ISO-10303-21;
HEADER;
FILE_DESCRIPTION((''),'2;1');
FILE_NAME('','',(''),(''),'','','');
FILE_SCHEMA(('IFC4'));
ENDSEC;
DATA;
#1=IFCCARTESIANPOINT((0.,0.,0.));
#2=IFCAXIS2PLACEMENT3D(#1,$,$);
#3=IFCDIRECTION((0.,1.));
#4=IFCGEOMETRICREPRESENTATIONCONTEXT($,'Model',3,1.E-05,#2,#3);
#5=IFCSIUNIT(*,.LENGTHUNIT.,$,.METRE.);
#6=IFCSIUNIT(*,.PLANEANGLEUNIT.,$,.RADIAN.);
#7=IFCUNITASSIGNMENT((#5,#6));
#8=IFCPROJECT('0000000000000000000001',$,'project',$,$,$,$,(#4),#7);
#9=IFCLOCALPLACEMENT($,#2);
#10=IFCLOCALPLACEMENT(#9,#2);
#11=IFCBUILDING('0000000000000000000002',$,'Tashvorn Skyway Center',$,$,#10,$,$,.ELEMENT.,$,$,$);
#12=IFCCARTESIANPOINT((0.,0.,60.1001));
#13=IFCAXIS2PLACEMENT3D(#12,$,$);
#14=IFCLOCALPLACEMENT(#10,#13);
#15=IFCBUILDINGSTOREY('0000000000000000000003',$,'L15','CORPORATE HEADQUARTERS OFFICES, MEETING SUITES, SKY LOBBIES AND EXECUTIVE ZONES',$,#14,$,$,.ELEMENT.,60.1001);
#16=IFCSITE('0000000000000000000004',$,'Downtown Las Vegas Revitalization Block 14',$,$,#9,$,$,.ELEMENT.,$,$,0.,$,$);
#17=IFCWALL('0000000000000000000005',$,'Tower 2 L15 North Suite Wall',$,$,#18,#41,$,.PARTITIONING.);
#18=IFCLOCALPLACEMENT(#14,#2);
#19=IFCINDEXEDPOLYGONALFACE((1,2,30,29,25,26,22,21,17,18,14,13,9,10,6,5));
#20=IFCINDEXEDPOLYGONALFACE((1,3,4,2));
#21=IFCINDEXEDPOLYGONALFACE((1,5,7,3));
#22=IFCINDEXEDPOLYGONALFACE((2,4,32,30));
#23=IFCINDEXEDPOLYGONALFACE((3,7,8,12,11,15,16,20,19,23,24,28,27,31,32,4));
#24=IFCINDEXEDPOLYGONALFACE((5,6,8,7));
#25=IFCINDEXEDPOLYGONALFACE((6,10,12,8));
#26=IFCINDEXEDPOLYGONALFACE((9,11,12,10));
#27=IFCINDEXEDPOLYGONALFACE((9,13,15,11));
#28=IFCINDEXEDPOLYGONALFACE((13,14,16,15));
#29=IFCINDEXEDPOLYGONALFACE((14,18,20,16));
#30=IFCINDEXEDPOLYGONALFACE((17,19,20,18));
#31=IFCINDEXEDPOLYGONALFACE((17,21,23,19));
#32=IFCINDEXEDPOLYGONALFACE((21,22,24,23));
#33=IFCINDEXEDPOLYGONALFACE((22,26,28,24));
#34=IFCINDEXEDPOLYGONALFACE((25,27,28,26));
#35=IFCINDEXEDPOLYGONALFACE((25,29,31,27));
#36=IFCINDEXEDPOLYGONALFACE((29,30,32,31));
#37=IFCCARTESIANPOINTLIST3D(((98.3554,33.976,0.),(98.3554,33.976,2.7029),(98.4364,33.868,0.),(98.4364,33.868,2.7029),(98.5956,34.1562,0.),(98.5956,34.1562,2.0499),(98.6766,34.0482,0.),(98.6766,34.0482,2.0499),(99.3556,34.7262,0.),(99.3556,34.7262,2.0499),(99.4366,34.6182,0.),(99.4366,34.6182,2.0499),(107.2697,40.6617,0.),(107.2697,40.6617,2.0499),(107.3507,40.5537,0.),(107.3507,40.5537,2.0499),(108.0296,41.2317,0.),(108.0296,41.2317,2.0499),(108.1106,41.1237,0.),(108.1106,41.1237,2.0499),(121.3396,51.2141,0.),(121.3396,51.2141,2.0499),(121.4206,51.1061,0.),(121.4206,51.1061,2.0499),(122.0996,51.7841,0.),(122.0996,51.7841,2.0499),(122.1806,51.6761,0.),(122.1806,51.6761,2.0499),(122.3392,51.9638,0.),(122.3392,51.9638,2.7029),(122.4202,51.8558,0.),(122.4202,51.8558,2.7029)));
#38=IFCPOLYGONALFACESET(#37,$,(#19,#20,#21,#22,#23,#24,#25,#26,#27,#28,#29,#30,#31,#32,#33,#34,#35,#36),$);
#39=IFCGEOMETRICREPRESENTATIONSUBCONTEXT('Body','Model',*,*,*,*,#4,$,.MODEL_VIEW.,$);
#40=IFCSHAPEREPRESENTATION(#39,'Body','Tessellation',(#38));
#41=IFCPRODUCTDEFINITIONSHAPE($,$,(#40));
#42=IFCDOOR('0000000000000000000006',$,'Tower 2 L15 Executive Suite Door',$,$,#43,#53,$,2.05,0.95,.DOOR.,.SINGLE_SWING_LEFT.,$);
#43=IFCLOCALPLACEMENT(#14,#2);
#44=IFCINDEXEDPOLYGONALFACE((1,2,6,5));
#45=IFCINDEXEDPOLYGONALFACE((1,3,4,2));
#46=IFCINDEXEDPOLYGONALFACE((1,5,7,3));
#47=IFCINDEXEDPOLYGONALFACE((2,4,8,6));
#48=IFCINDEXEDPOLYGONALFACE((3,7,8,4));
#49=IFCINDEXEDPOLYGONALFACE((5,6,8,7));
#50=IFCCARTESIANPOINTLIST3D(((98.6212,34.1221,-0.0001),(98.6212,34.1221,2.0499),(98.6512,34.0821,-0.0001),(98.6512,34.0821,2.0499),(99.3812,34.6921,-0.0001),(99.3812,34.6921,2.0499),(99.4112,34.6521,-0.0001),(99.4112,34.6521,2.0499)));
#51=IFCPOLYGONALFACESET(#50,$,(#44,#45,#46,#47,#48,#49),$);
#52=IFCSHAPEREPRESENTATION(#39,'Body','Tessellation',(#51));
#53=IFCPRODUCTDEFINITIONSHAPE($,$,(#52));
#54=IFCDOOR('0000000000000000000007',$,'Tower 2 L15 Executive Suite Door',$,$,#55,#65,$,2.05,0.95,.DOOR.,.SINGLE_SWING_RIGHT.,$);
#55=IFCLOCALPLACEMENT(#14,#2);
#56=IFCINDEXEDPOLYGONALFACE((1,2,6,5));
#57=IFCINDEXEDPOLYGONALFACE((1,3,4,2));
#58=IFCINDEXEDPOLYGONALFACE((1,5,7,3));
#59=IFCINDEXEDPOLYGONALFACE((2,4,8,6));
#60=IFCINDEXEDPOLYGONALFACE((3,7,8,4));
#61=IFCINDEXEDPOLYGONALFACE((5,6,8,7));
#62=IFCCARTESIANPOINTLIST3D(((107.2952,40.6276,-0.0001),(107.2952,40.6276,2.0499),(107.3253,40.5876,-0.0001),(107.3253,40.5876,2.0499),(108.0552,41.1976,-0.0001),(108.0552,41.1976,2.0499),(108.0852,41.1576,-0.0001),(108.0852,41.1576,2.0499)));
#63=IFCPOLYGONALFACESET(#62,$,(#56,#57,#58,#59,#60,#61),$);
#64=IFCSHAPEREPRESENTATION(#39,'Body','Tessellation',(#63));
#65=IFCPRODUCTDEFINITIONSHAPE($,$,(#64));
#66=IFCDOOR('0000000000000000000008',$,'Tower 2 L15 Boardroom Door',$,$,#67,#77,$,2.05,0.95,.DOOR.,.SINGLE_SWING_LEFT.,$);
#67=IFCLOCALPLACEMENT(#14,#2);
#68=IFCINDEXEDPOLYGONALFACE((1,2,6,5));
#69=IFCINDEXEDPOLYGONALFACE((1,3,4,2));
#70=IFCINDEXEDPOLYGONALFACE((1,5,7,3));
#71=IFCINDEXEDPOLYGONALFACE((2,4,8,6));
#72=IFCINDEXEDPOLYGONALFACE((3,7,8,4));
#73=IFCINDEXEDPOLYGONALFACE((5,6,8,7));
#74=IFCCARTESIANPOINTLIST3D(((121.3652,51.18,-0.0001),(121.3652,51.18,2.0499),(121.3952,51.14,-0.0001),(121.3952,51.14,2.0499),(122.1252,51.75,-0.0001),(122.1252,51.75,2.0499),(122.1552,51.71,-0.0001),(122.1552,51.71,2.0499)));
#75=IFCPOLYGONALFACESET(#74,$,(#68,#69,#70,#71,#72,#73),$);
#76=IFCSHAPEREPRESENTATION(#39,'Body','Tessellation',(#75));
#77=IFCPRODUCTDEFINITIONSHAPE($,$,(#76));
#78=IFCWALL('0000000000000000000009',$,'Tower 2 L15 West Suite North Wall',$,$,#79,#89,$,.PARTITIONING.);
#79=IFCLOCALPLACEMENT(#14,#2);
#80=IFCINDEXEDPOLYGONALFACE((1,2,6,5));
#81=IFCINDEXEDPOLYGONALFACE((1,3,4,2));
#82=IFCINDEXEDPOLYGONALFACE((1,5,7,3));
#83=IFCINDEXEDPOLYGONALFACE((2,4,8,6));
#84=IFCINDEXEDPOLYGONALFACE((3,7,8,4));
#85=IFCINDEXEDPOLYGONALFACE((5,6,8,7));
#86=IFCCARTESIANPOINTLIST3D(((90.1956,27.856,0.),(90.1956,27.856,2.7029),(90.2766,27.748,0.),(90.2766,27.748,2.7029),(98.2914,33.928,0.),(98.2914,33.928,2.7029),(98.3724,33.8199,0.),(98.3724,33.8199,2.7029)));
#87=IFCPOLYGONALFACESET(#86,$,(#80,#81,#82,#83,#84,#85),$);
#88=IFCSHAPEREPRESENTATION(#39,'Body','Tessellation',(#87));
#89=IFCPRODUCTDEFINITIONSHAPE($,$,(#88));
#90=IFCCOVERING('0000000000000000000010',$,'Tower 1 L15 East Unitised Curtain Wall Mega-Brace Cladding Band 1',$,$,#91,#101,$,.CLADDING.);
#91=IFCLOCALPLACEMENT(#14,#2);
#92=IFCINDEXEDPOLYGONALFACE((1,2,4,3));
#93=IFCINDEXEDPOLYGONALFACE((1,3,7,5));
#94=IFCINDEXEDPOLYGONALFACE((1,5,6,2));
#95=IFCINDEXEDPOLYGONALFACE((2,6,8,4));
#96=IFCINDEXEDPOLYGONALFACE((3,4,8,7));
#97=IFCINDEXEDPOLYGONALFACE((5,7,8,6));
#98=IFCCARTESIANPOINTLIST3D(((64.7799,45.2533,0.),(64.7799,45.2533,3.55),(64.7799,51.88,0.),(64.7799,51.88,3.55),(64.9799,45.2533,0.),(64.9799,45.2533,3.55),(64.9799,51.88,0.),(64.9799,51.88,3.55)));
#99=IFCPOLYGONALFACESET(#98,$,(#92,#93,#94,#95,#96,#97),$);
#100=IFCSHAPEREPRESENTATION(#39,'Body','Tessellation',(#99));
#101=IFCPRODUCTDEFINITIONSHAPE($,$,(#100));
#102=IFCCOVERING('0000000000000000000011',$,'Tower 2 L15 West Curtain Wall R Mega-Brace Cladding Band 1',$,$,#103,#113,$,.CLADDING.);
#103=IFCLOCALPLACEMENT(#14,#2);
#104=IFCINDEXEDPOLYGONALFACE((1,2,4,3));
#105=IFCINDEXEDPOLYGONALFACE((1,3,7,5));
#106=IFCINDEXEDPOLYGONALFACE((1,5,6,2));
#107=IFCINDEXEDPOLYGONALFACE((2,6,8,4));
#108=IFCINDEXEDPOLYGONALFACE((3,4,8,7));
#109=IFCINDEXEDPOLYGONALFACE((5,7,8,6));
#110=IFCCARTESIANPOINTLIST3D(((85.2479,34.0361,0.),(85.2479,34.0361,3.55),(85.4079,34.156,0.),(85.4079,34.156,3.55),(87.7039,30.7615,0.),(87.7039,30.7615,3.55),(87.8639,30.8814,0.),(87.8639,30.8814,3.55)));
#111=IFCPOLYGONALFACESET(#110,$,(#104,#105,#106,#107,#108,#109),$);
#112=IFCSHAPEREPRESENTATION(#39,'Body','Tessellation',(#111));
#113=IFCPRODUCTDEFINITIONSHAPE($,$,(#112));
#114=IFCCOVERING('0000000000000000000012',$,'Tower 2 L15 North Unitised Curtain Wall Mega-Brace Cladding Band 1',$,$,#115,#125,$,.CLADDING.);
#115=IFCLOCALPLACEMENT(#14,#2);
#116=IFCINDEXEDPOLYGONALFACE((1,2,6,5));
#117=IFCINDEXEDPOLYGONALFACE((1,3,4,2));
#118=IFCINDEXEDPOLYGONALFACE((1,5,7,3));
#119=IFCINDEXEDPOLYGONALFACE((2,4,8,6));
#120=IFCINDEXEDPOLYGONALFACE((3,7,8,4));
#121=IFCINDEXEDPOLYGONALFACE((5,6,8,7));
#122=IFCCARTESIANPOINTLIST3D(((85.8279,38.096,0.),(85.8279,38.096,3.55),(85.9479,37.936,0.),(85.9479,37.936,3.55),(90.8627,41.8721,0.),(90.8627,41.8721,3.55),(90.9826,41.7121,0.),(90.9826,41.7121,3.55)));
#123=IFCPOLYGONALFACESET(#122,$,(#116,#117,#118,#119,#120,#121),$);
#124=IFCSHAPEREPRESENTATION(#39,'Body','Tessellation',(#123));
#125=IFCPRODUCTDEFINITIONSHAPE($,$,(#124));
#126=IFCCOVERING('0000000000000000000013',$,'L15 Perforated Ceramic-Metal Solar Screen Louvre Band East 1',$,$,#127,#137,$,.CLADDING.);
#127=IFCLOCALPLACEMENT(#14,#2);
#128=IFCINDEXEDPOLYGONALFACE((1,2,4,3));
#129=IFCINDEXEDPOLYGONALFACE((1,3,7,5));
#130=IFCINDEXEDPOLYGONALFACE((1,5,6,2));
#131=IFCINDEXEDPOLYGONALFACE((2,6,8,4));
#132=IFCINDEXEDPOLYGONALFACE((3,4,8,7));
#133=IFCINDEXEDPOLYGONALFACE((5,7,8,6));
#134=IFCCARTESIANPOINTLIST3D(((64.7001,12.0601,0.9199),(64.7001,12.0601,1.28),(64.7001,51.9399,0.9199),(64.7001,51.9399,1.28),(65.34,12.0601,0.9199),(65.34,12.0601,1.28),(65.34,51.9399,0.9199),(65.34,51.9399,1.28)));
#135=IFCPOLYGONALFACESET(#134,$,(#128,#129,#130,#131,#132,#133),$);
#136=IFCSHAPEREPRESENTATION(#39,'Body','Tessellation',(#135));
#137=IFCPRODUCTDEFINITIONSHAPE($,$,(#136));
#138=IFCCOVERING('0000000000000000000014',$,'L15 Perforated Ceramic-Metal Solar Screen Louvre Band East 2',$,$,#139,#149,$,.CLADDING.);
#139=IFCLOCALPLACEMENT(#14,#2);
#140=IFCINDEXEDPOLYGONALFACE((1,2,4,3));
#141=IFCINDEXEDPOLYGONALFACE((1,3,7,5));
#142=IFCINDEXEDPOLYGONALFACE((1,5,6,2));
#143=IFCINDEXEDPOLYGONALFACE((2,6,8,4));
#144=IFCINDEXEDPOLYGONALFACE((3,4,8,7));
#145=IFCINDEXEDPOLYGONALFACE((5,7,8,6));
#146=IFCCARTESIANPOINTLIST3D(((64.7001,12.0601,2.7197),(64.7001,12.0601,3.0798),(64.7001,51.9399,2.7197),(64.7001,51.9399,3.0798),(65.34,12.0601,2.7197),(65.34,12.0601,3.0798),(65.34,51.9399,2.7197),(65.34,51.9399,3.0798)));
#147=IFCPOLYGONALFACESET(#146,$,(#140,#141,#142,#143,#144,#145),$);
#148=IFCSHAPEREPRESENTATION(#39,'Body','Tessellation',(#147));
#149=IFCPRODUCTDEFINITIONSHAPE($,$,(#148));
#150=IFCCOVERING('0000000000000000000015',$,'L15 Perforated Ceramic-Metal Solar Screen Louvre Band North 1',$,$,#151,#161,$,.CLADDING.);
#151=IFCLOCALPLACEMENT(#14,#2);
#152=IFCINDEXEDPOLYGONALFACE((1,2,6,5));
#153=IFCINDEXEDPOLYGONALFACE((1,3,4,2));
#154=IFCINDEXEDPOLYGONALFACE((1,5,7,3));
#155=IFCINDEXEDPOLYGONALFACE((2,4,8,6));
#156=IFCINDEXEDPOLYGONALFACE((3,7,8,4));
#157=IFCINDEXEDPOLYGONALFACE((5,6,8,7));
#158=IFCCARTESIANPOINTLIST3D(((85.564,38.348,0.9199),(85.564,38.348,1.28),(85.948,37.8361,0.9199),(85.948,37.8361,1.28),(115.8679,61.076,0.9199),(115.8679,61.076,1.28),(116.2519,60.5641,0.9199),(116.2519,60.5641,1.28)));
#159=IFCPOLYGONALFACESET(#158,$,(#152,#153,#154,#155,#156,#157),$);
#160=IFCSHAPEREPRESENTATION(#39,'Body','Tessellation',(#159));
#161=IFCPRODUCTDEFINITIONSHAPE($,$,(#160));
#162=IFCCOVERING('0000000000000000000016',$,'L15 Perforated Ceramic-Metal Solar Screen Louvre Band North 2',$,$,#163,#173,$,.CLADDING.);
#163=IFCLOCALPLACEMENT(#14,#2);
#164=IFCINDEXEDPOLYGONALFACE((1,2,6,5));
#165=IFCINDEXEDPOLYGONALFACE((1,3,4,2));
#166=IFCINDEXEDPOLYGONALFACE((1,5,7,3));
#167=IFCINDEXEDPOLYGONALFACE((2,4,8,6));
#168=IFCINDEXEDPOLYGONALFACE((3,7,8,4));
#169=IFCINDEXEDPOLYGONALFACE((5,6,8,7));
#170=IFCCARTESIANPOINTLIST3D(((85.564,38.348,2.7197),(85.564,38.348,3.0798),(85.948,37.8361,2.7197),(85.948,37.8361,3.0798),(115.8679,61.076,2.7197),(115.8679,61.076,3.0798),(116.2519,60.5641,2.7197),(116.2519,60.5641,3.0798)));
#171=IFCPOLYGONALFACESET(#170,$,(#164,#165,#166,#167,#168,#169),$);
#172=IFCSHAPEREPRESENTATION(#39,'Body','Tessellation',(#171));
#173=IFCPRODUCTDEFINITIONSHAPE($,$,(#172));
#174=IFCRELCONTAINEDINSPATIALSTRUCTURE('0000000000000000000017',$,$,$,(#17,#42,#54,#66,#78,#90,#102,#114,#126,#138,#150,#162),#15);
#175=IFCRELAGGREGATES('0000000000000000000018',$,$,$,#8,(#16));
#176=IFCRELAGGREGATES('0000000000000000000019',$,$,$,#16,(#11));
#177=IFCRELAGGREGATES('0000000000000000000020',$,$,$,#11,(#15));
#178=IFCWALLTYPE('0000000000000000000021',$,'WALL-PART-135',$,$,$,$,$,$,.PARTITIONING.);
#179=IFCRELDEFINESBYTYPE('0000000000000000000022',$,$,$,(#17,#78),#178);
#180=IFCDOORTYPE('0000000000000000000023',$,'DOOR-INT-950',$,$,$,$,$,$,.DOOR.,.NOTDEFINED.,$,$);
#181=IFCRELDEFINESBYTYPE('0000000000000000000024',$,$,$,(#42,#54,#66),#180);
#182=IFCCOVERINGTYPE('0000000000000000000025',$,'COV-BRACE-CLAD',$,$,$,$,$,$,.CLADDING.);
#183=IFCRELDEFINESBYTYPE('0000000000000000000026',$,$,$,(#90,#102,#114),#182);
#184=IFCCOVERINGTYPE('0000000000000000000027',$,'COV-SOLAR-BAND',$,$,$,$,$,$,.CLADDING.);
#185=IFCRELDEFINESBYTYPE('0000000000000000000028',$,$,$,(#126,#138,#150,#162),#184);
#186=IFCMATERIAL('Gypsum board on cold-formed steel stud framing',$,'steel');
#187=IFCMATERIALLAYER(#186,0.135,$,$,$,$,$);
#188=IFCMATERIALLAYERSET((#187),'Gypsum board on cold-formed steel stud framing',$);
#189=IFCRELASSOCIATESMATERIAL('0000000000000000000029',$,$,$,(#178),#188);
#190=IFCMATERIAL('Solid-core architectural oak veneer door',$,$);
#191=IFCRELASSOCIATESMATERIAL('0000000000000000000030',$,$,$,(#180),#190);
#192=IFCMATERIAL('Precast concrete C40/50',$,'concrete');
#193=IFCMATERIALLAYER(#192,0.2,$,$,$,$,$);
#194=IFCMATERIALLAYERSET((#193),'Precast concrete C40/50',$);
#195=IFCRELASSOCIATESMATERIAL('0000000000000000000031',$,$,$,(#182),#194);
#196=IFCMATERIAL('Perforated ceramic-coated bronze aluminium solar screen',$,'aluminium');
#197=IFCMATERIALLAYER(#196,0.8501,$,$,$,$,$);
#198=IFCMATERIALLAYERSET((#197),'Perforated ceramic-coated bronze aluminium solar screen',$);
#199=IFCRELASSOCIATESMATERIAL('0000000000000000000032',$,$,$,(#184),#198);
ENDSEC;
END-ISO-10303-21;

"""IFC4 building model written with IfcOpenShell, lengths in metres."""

from ifc_helpers import new_model, si_unit, direction, frame, frame_2d, origin, origin_2d, place, context, subcontext, project, spatial, rectangle, extrude, material, layer, layer_set, type_object, element, fill, save


model = new_model("IFC4")

# Units and contexts
model_context = context("Model", 3, precision=1e-05, world=origin(), true_north=direction((0.0, 1.0)))
body_context = subcontext(model_context, "Body", "Model", "MODEL_VIEW")
ifc_project = project(units=[si_unit("LENGTHUNIT", "METRE"), si_unit("PLANEANGLEUNIT", "RADIAN")], contexts=[model_context])

# Site, building, storey
site_placement = place(None, origin())
site = spatial("IfcSite", under=ifc_project, at=site_placement, Name="Downtown Las Vegas Revitalization Block 14", CompositionType="ELEMENT", RefElevation=0.0)
building_placement = place(site_placement, origin())
building = spatial("IfcBuilding", under=site, at=building_placement, Name="Tashvorn Skyway Center", CompositionType="ELEMENT")
storey_placement = place(building_placement, frame((0.0, 0.0, 60.1001)))
storey = spatial("IfcBuildingStorey", under=building, at=storey_placement, Name="L15", Description="CORPORATE HEADQUARTERS OFFICES, MEETING SUITES, SKY LOBBIES AND EXECUTIVE ZONES", CompositionType="ELEMENT", Elevation=60.1001)

# Shared definitions
ifc_material_1 = material(Name="Precast concrete C40/50", Category="concrete")
ifc_material_2 = material(Name="Gypsum board on cold-formed steel stud framing", Category="steel")
ifc_layer_1 = layer(ifc_material_2, 0.135)
ifc_layer_set_1 = layer_set([ifc_layer_1], Name="Gypsum board on cold-formed steel stud framing")
wall_type_1 = type_object("IfcWallType", Name="WALL-PART-135", PredefinedType="PARTITIONING", material=ifc_layer_set_1)

# Wall, openings, doors
wall_1_placement = place(storey_placement, frame((98.396, 33.9221, 0.0), z_axis=(0.0, 0.0, 1.0), x_axis=(0.800002, 0.599997, 0.0)))
wall_1 = element("IfcWall", 1, at=wall_1_placement, inside=storey, type_object=wall_type_1, Name="Tower 2 L15 North Suite Wall", PredefinedType="PARTITIONING", context=body_context, shape_type="SweptSolid", body=[
    extrude(rectangle(XDim=29.9797, YDim=0.135, at=frame_2d((14.9897, 0.0))), origin(), (0.0, 0.0, 1.0), 2.7029),
])
opening_1_placement = place(wall_1_placement, frame((0.3, 0.0, 0.0)))
opening_1 = element("IfcOpeningElement", 2, at=opening_1_placement, cuts=wall_1, PredefinedType="OPENING", context=body_context, shape_type="SweptSolid", body=[
    extrude(rectangle(XDim=0.95, YDim=2.05, at=frame_2d((0.4751, 1.0249))), frame((0.0, 0.0774, 0.0), z_axis=(0.0, -1.0, 0.0), x_axis=(1.0, 0.0, 0.0)), (0.0, 0.0, 1.0), 0.155),
])
opening_2_placement = place(wall_1_placement, frame((11.1426, 0.0, 0.0)))
opening_2 = element("IfcOpeningElement", 3, at=opening_2_placement, cuts=wall_1, PredefinedType="OPENING", context=body_context, shape_type="SweptSolid", body=[
    extrude(rectangle(XDim=0.95, YDim=2.05, at=frame_2d((0.4751, 1.0249))), frame((0.0, 0.0774, 0.0), z_axis=(0.0, -1.0, 0.0), x_axis=(1.0, 0.0, 0.0)), (0.0, 0.0, 1.0), 0.155),
])
opening_3_placement = place(wall_1_placement, frame((28.73, 0.0, 0.0)))
opening_3 = element("IfcOpeningElement", 4, at=opening_3_placement, cuts=wall_1, PredefinedType="OPENING", context=body_context, shape_type="SweptSolid", body=[
    extrude(rectangle(XDim=0.95, YDim=2.05, at=frame_2d((0.4751, 1.0249))), frame((0.0, 0.0774, 0.0), z_axis=(0.0, -1.0, 0.0), x_axis=(1.0, 0.0, 0.0)), (0.0, 0.0, 1.0), 0.155),
])
ifc_material_3 = material(Name="Solid-core architectural oak veneer door")
door_type = type_object("IfcDoorType", Name="DOOR-INT-950", OperationType="NOTDEFINED", PredefinedType="DOOR", material=ifc_material_3)
door_1_placement = place(opening_1_placement, origin())
door_1 = element("IfcDoor", 5, at=door_1_placement, inside=storey, type_object=door_type, Name="Tower 2 L15 Executive Suite Door", OperationType="SINGLE_SWING_LEFT", OverallHeight=2.05, OverallWidth=0.95, PredefinedType="DOOR", context=body_context, shape_type="SweptSolid", body=[
    extrude(rectangle(XDim=0.95, YDim=2.05, at=frame_2d((0.4751, 1.0249))), frame((0.0, 0.0249, 0.0), z_axis=(0.0, -1.0, 0.0), x_axis=(1.0, 0.0, 0.0)), (0.0, 0.0, 1.0), 0.05),
])
fill(opening_1, door_1)
door_2_placement = place(opening_2_placement, origin())
door_2 = element("IfcDoor", 6, at=door_2_placement, inside=storey, type_object=door_type, Name="Tower 2 L15 Executive Suite Door", OperationType="SINGLE_SWING_RIGHT", OverallHeight=2.05, OverallWidth=0.95, PredefinedType="DOOR", context=body_context, shape_type="SweptSolid", body=[
    extrude(rectangle(XDim=0.95, YDim=2.05, at=frame_2d((0.4751, 1.0249))), frame((0.0, 0.0249, 0.0), z_axis=(0.0, -1.0, 0.0), x_axis=(1.0, 0.0, 0.0)), (0.0, 0.0, 1.0), 0.05),
])
fill(opening_2, door_2)
door_3_placement = place(opening_3_placement, origin())
door_3 = element("IfcDoor", 7, at=door_3_placement, inside=storey, type_object=door_type, Name="Tower 2 L15 Boardroom Door", OperationType="SINGLE_SWING_LEFT", OverallHeight=2.05, OverallWidth=0.95, PredefinedType="DOOR", context=body_context, shape_type="SweptSolid", body=[
    extrude(rectangle(XDim=0.95, YDim=2.05, at=frame_2d((0.4751, 1.0249))), frame((0.0, 0.0249, 0.0), z_axis=(0.0, -1.0, 0.0), x_axis=(1.0, 0.0, 0.0)), (0.0, 0.0, 1.0), 0.05),
])
fill(opening_3, door_3)

# Wall
wall_2_placement = place(storey_placement, frame((98.332, 33.874, 0.0), z_axis=(0.0, 0.0, 1.0), x_axis=(-0.799997, -0.600004, 0.0)))
element("IfcWall", 8, at=wall_2_placement, inside=storey, type_object=wall_type_1, Name="Tower 2 L15 West Suite North Wall", PredefinedType="PARTITIONING", context=body_context, shape_type="SweptSolid", body=[
    extrude(rectangle(XDim=10.1199, YDim=0.135, at=frame_2d((5.0601, 0.0))), origin(), (0.0, 0.0, 1.0), 2.7029),
])

# Coverings
ifc_layer_2 = layer(ifc_material_1, 0.2)
ifc_layer_set_2 = layer_set([ifc_layer_2], Name="Precast concrete C40/50")
covering_type_1 = type_object("IfcCoveringType", Name="COV-BRACE-CLAD", PredefinedType="CLADDING", material=ifc_layer_set_2)
covering_1_placement = place(storey_placement, frame((64.8799, 48.5667, 0.0), z_axis=(0.0, 0.0, 1.0), x_axis=(0.0, -1.0, 0.0)))
element("IfcCovering", 9, at=covering_1_placement, inside=storey, type_object=covering_type_1, Name="Tower 1 L15 East Unitised Curtain Wall Mega-Brace Cladding Band 1", PredefinedType="CLADDING", context=body_context, shape_type="SweptSolid", body=[
    extrude(rectangle(XDim=6.6267, YDim=0.2, at=origin_2d()), origin(), (0.0, 0.0, 1.0), 3.55),
])
covering_2_placement = place(storey_placement, frame((86.5559, 32.4587, 0.0), z_axis=(0.0, 0.0, 1.0), x_axis=(-0.6, 0.8, 0.0)))
element("IfcCovering", 10, at=covering_2_placement, inside=storey, type_object=covering_type_1, Name="Tower 2 L15 West Curtain Wall R Mega-Brace Cladding Band 1", PredefinedType="CLADDING", context=body_context, shape_type="SweptSolid", body=[
    extrude(rectangle(XDim=4.0933, YDim=0.2, at=origin_2d()), origin(), (0.0, 0.0, 1.0), 3.55),
])
covering_3_placement = place(storey_placement, frame((88.4053, 39.9041, 0.0), z_axis=(0.0, 0.0, 1.0), x_axis=(0.8, 0.6, 0.0)))
element("IfcCovering", 11, at=covering_3_placement, inside=storey, type_object=covering_type_1, Name="Tower 2 L15 North Unitised Curtain Wall Mega-Brace Cladding Band 1", PredefinedType="CLADDING", context=body_context, shape_type="SweptSolid", body=[
    extrude(rectangle(XDim=6.2935, YDim=0.2, at=origin_2d()), origin(), (0.0, 0.0, 1.0), 3.55),
])
ifc_material_4 = material(Name="Perforated ceramic-coated bronze aluminium solar screen", Category="aluminium")
ifc_layer_3 = layer(ifc_material_4, 0.8501)
ifc_layer_set_3 = layer_set([ifc_layer_3], Name="Perforated ceramic-coated bronze aluminium solar screen")
covering_type_2 = type_object("IfcCoveringType", Name="COV-SOLAR-BAND", PredefinedType="CLADDING", material=ifc_layer_set_3)
for number, where, z_axis, x_axis, name in (
    (12, (65.02, 32.0, 0.9199), (0.0, 0.0, 1.0), (0.0, -1.0, 0.0), "L15 Perforated Ceramic-Metal Solar Screen Louvre Band East 1"),
    (13, (65.02, 32.0, 2.7197), (0.0, 0.0, 1.0), (0.0, -1.0, 0.0), "L15 Perforated Ceramic-Metal Solar Screen Louvre Band East 2"),
):
    element("IfcCovering", number, at=place(storey_placement, frame(where, z_axis=z_axis, x_axis=x_axis)), inside=storey, type_object=covering_type_2, Name=name, PredefinedType="CLADDING", context=body_context, shape_type="SweptSolid", body=[
        extrude(rectangle(XDim=39.8799, YDim=0.6399, at=origin_2d()), origin(), (0.0, 0.0, 1.0), 0.3601),
    ])
for number, where, z_axis, x_axis, name in (
    (14, (100.908, 49.4561, 0.9199), (0.0, 0.0, 1.0), (0.8, 0.6, 0.0), "L15 Perforated Ceramic-Metal Solar Screen Louvre Band North 1"),
    (15, (100.908, 49.4561, 2.7197), (0.0, 0.0, 1.0), (0.8, 0.6, 0.0), "L15 Perforated Ceramic-Metal Solar Screen Louvre Band North 2"),
):
    element("IfcCovering", number, at=place(storey_placement, frame(where, z_axis=z_axis, x_axis=x_axis)), inside=storey, type_object=covering_type_2, Name=name, PredefinedType="CLADDING", context=body_context, shape_type="SweptSolid", body=[
        extrude(rectangle(XDim=37.8799, YDim=0.6399, at=origin_2d()), origin(), (0.0, 0.0, 1.0), 0.3601),
    ])

save(model, "model.ifc")
